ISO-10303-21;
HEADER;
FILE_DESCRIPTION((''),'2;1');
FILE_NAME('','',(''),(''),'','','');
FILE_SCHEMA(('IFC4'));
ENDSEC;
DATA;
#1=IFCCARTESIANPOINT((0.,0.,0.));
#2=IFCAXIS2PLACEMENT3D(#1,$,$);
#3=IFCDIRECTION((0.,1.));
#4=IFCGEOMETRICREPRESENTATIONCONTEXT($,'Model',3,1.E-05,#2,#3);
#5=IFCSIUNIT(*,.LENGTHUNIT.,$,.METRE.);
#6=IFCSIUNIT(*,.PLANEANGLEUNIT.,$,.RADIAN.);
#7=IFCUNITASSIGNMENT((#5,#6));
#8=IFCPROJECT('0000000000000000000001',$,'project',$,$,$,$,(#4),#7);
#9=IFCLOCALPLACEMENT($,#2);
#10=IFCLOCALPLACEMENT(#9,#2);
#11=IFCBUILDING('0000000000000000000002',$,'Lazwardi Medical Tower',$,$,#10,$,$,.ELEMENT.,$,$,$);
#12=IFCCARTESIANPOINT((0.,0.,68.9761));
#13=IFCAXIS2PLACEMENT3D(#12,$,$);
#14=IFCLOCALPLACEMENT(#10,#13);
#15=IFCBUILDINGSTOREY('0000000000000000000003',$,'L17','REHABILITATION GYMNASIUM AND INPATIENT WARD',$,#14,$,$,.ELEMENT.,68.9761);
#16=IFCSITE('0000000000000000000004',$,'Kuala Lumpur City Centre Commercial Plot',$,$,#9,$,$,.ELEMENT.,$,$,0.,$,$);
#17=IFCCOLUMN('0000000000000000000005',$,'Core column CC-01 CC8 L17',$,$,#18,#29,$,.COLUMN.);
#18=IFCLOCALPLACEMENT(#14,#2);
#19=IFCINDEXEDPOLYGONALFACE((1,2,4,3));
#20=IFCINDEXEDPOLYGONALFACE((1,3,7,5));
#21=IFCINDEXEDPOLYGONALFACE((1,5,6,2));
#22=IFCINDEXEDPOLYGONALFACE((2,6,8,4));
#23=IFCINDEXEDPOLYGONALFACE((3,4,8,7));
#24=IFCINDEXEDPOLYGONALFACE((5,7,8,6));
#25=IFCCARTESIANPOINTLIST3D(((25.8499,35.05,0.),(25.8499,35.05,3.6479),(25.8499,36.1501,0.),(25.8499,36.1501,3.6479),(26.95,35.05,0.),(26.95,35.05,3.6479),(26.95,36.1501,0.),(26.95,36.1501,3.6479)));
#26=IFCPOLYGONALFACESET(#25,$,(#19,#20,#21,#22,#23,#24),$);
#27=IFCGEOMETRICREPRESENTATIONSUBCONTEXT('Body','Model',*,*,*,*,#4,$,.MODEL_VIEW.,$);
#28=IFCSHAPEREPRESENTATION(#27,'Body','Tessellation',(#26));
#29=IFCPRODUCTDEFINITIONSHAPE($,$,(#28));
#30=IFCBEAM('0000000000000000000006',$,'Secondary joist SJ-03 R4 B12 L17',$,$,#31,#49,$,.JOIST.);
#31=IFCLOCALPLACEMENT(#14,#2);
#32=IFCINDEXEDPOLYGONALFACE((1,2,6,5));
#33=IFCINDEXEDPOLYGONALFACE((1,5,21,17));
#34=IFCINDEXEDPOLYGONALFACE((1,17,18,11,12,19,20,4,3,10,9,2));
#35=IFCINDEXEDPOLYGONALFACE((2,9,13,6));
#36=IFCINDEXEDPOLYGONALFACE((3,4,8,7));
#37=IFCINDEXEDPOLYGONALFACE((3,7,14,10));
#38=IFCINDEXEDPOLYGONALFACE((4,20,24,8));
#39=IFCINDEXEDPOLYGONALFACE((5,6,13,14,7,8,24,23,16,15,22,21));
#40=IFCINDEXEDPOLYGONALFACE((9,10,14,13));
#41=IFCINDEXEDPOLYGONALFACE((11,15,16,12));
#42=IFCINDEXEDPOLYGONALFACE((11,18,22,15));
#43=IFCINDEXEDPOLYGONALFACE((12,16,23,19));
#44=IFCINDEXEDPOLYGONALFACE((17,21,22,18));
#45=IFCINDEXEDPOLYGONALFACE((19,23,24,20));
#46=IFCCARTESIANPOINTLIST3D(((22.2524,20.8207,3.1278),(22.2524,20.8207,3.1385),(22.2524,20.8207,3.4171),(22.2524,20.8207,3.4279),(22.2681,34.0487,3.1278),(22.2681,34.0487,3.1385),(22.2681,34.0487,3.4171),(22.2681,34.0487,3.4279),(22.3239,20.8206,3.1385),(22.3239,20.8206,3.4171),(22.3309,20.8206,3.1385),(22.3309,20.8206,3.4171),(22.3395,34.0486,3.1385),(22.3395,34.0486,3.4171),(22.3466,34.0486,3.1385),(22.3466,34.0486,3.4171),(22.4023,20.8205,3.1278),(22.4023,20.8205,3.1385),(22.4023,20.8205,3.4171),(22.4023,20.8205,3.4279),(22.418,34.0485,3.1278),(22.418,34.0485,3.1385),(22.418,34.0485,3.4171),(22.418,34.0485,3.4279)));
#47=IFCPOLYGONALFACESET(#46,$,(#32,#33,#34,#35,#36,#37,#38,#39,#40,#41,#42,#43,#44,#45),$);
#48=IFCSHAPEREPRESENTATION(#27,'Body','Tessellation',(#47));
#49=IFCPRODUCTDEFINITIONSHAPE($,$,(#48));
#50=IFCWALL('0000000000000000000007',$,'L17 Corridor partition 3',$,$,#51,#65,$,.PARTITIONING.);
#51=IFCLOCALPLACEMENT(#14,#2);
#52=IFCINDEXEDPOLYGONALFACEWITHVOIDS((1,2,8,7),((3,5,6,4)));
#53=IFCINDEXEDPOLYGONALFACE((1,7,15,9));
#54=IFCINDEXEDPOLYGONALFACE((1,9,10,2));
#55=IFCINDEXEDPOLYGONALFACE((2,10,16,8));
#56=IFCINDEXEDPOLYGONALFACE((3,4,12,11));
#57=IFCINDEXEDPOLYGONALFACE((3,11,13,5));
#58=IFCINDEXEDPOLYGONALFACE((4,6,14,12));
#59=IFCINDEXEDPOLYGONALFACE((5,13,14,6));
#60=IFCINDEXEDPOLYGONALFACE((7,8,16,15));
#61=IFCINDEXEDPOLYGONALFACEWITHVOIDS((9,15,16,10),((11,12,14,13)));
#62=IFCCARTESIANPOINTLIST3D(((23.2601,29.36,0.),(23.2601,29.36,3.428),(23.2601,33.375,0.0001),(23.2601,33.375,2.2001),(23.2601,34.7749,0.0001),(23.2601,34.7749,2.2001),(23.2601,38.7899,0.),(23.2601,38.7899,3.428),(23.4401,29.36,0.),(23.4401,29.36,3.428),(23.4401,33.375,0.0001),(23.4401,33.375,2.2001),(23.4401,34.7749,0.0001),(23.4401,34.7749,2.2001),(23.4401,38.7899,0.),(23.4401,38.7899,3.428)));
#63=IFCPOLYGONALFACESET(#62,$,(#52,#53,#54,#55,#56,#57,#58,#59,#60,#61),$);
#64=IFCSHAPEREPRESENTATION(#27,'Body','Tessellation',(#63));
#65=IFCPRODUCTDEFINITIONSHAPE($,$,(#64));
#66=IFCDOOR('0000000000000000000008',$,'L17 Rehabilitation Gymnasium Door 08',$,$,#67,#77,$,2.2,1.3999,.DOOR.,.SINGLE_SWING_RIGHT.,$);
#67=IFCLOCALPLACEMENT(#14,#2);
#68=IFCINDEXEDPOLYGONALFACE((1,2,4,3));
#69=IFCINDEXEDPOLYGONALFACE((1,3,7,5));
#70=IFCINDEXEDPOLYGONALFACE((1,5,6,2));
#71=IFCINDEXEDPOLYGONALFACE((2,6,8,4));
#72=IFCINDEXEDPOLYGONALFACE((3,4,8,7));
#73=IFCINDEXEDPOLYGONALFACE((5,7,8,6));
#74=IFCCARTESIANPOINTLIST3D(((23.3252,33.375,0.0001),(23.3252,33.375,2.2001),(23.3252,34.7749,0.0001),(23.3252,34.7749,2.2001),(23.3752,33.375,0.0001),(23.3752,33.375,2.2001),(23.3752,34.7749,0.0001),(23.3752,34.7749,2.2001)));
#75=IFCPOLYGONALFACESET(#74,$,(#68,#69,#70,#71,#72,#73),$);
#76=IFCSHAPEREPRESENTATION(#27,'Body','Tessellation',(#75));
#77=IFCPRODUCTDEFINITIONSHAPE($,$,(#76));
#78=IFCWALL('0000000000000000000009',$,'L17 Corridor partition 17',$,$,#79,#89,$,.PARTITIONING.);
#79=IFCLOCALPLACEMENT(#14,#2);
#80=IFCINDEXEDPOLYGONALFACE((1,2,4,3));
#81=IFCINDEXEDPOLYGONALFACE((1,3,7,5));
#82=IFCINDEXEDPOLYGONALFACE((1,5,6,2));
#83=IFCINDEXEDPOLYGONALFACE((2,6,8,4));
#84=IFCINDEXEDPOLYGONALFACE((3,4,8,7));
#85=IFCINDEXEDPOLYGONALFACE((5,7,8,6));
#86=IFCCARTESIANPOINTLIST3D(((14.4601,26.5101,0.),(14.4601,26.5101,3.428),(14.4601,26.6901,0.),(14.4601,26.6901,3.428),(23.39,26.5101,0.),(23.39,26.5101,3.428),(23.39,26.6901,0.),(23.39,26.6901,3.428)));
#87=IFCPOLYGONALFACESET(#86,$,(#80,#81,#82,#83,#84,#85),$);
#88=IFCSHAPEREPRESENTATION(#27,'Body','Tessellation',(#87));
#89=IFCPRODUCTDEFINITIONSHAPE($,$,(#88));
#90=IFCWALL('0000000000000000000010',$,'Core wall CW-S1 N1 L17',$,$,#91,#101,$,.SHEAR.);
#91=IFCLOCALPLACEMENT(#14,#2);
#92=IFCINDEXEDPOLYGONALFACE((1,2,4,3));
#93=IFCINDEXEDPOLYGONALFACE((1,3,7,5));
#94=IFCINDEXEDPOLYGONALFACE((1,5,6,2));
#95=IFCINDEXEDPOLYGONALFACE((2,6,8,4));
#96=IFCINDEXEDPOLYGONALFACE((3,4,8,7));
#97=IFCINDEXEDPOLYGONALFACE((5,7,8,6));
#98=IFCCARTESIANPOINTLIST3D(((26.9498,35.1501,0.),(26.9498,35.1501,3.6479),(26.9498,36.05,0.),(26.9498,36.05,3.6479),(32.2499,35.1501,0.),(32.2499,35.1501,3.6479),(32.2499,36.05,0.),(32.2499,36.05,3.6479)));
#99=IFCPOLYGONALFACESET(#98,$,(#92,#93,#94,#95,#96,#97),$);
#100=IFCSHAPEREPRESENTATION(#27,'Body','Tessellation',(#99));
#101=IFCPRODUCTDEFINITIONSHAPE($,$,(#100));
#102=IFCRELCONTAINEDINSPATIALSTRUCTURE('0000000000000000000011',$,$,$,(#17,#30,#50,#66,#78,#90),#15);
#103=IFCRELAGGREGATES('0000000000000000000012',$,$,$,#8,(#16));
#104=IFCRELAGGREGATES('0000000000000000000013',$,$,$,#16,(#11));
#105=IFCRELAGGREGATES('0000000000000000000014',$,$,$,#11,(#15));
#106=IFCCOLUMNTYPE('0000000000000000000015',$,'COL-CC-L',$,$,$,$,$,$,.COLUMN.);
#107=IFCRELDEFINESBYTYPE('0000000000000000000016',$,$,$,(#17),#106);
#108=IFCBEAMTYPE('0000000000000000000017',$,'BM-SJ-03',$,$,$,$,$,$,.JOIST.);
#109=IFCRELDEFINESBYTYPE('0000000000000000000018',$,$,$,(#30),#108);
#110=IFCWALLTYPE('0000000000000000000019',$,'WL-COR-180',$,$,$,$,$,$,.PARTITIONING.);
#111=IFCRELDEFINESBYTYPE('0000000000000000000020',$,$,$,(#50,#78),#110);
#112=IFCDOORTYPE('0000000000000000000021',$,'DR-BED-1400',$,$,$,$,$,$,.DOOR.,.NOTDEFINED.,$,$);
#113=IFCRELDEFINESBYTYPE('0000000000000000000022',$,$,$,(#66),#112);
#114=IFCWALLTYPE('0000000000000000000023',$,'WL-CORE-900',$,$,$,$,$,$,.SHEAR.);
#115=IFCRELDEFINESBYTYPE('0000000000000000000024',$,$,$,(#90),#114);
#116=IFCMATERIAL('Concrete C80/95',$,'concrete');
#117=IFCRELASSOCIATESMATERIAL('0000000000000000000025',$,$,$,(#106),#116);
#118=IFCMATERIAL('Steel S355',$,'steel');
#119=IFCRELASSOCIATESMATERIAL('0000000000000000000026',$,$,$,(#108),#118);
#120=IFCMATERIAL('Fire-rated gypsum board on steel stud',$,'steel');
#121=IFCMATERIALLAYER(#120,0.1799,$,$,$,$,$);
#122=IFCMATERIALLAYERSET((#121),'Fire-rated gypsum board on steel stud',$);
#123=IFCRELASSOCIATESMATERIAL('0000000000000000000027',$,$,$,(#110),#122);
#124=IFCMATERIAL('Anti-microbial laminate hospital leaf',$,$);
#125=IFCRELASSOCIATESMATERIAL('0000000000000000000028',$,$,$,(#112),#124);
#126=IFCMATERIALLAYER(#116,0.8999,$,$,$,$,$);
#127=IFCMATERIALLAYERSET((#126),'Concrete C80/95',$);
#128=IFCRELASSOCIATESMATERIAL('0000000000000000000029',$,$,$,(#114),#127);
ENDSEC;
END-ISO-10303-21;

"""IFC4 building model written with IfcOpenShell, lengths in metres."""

from ifc_helpers import new_model, si_unit, direction, frame, frame_2d, origin, origin_2d, place, context, subcontext, project, spatial, rectangle, i_section, extrude, material, layer, layer_set, material_profile, profile_set, type_object, element, fill, save


model = new_model("IFC4")

# Units and contexts
model_context = context("Model", 3, precision=1e-05, world=origin(), true_north=direction((0.0, 1.0)))
body_context = subcontext(model_context, "Body", "Model", "MODEL_VIEW")
ifc_project = project(units=[si_unit("LENGTHUNIT", "METRE"), si_unit("PLANEANGLEUNIT", "RADIAN")], contexts=[model_context])

# Site, building, storey
site_placement = place(None, origin())
site = spatial("IfcSite", under=ifc_project, at=site_placement, Name="Kuala Lumpur City Centre Commercial Plot", CompositionType="ELEMENT", RefElevation=0.0)
building_placement = place(site_placement, origin())
building = spatial("IfcBuilding", under=site, at=building_placement, Name="Lazwardi Medical Tower", CompositionType="ELEMENT")
storey_placement = place(building_placement, frame((0.0, 0.0, 68.9761)))
storey = spatial("IfcBuildingStorey", under=building, at=storey_placement, Name="L17", Description="REHABILITATION GYMNASIUM AND INPATIENT WARD", CompositionType="ELEMENT", Elevation=68.9761)

# Column
ifc_material_1 = material(Name="Concrete C80/95", Category="concrete")
ifc_material_profile_1 = material_profile(ifc_material_1, rectangle(XDim=1.1001, YDim=1.1001, at=origin_2d()), Name="RC 1100x1100")
ifc_profile_set_1 = profile_set([ifc_material_profile_1], Name="Concrete C80/95")
column_type = type_object("IfcColumnType", Name="COL-CC-L", PredefinedType="COLUMN", material=ifc_profile_set_1)
column_placement = place(storey_placement, frame((26.3999, 35.6001, 0.0), z_axis=(0.0, 0.0, 1.0), x_axis=(1.0, 0.0, 0.0)))
element("IfcColumn", 1, at=column_placement, inside=storey, type_object=column_type, Name="Core column CC-01 CC8 L17", PredefinedType="COLUMN", context=body_context, shape_type="SweptSolid", body=[
    extrude(rectangle(XDim=1.1001, YDim=1.1001, at=origin_2d()), origin(), (0.0, 0.0, 1.0), 3.6479),
])

# Beam
ifc_material_2 = material(Name="Steel S355", Category="steel")
ifc_material_profile_2 = material_profile(ifc_material_2, i_section(OverallWidth=0.1499, OverallDepth=0.3, WebThickness=0.0071, FlangeThickness=0.0107, at=origin_2d()), Name="IPE 300")
ifc_profile_set_2 = profile_set([ifc_material_profile_2], Name="Steel S355")
beam_type = type_object("IfcBeamType", Name="BM-SJ-03", PredefinedType="JOIST", material=ifc_profile_set_2)
beam_placement = place(storey_placement, frame((22.343, 34.0486, 3.2778), z_axis=(-0.001181, -0.999999, 0.0), x_axis=(0.999999, -0.001181, 0.0)))
element("IfcBeam", 2, at=beam_placement, inside=storey, type_object=beam_type, Name="Secondary joist SJ-03 R4 B12 L17", PredefinedType="JOIST", context=body_context, shape_type="SweptSolid", body=[
    extrude(i_section(OverallWidth=0.1499, OverallDepth=0.3, WebThickness=0.0071, FlangeThickness=0.0107, at=origin_2d()), origin(), (0.0, 0.0, 1.0), 13.228),
])

# Wall, opening, door
ifc_material_3 = material(Name="Fire-rated gypsum board on steel stud", Category="steel")
ifc_layer_1 = layer(ifc_material_3, 0.1799)
ifc_layer_set_1 = layer_set([ifc_layer_1], Name="Fire-rated gypsum board on steel stud")
wall_type_1 = type_object("IfcWallType", Name="WL-COR-180", PredefinedType="PARTITIONING", material=ifc_layer_set_1)
wall_1_placement = place(storey_placement, frame((23.3501, 29.3601, 0.0), z_axis=(0.0, 0.0, 1.0), x_axis=(0.0, 1.0, 0.0)))
wall_1 = element("IfcWall", 3, at=wall_1_placement, inside=storey, type_object=wall_type_1, Name="L17 Corridor partition 3", PredefinedType="PARTITIONING", context=body_context, shape_type="SweptSolid", body=[
    extrude(rectangle(XDim=9.4299, YDim=0.1799, at=frame_2d((4.7148, 0.0))), origin(), (0.0, 0.0, 1.0), 3.428),
])
opening_1_placement = place(wall_1_placement, frame((4.0149, 0.0, 0.0)))
opening_1 = element("IfcOpeningElement", 4, at=opening_1_placement, cuts=wall_1, PredefinedType="OPENING", context=body_context, shape_type="SweptSolid", body=[
    extrude(rectangle(XDim=1.3999, YDim=2.2, at=frame_2d((0.7, 1.1001))), frame((0.0, 0.0999, 0.0), z_axis=(0.0, -1.0, 0.0), x_axis=(1.0, 0.0, 0.0)), (0.0, 0.0, 1.0), 0.2),
])
ifc_material_4 = material(Name="Anti-microbial laminate hospital leaf")
door_type_1 = type_object("IfcDoorType", Name="DR-BED-1400", OperationType="NOTDEFINED", PredefinedType="DOOR", material=ifc_material_4)
door_1_placement = place(opening_1_placement, origin())
door_1 = element("IfcDoor", 5, at=door_1_placement, inside=storey, type_object=door_type_1, Name="L17 Rehabilitation Gymnasium Door 08", OperationType="SINGLE_SWING_RIGHT", OverallHeight=2.2, OverallWidth=1.3999, PredefinedType="DOOR", context=body_context, shape_type="SweptSolid", body=[
    extrude(rectangle(XDim=1.3999, YDim=2.2, at=frame_2d((0.7, 1.1001))), frame((0.0, 0.0249, 0.0), z_axis=(0.0, -1.0, 0.0), x_axis=(1.0, 0.0, 0.0)), (0.0, 0.0, 1.0), 0.05),
])
fill(opening_1, door_1)

# Walls
wall_2_placement = place(storey_placement, frame((23.3899, 26.6001, 0.0), z_axis=(0.0, 0.0, 1.0), x_axis=(-1.0, 0.0, 0.0)))
element("IfcWall", 6, at=wall_2_placement, inside=storey, type_object=wall_type_1, Name="L17 Corridor partition 17", PredefinedType="PARTITIONING", context=body_context, shape_type="SweptSolid", body=[
    extrude(rectangle(XDim=8.9299, YDim=0.1799, at=frame_2d((4.4648, 0.0))), origin(), (0.0, 0.0, 1.0), 3.428),
])
ifc_layer_2 = layer(ifc_material_1, 0.8999)
ifc_layer_set_2 = layer_set([ifc_layer_2], Name="Concrete C80/95")
wall_type_2 = type_object("IfcWallType", Name="WL-CORE-900", PredefinedType="SHEAR", material=ifc_layer_set_2)
wall_3_placement = place(storey_placement, frame((26.95, 35.6001, 0.0), z_axis=(0.0, 0.0, 1.0), x_axis=(1.0, 0.0, 0.0)))
element("IfcWall", 7, at=wall_3_placement, inside=storey, type_object=wall_type_2, Name="Core wall CW-S1 N1 L17", PredefinedType="SHEAR", context=body_context, shape_type="SweptSolid", body=[
    extrude(rectangle(XDim=5.3, YDim=0.8999, at=frame_2d((2.6499, 0.0))), origin(), (0.0, 0.0, 1.0), 3.6479),
])

save(model, "model.ifc")
